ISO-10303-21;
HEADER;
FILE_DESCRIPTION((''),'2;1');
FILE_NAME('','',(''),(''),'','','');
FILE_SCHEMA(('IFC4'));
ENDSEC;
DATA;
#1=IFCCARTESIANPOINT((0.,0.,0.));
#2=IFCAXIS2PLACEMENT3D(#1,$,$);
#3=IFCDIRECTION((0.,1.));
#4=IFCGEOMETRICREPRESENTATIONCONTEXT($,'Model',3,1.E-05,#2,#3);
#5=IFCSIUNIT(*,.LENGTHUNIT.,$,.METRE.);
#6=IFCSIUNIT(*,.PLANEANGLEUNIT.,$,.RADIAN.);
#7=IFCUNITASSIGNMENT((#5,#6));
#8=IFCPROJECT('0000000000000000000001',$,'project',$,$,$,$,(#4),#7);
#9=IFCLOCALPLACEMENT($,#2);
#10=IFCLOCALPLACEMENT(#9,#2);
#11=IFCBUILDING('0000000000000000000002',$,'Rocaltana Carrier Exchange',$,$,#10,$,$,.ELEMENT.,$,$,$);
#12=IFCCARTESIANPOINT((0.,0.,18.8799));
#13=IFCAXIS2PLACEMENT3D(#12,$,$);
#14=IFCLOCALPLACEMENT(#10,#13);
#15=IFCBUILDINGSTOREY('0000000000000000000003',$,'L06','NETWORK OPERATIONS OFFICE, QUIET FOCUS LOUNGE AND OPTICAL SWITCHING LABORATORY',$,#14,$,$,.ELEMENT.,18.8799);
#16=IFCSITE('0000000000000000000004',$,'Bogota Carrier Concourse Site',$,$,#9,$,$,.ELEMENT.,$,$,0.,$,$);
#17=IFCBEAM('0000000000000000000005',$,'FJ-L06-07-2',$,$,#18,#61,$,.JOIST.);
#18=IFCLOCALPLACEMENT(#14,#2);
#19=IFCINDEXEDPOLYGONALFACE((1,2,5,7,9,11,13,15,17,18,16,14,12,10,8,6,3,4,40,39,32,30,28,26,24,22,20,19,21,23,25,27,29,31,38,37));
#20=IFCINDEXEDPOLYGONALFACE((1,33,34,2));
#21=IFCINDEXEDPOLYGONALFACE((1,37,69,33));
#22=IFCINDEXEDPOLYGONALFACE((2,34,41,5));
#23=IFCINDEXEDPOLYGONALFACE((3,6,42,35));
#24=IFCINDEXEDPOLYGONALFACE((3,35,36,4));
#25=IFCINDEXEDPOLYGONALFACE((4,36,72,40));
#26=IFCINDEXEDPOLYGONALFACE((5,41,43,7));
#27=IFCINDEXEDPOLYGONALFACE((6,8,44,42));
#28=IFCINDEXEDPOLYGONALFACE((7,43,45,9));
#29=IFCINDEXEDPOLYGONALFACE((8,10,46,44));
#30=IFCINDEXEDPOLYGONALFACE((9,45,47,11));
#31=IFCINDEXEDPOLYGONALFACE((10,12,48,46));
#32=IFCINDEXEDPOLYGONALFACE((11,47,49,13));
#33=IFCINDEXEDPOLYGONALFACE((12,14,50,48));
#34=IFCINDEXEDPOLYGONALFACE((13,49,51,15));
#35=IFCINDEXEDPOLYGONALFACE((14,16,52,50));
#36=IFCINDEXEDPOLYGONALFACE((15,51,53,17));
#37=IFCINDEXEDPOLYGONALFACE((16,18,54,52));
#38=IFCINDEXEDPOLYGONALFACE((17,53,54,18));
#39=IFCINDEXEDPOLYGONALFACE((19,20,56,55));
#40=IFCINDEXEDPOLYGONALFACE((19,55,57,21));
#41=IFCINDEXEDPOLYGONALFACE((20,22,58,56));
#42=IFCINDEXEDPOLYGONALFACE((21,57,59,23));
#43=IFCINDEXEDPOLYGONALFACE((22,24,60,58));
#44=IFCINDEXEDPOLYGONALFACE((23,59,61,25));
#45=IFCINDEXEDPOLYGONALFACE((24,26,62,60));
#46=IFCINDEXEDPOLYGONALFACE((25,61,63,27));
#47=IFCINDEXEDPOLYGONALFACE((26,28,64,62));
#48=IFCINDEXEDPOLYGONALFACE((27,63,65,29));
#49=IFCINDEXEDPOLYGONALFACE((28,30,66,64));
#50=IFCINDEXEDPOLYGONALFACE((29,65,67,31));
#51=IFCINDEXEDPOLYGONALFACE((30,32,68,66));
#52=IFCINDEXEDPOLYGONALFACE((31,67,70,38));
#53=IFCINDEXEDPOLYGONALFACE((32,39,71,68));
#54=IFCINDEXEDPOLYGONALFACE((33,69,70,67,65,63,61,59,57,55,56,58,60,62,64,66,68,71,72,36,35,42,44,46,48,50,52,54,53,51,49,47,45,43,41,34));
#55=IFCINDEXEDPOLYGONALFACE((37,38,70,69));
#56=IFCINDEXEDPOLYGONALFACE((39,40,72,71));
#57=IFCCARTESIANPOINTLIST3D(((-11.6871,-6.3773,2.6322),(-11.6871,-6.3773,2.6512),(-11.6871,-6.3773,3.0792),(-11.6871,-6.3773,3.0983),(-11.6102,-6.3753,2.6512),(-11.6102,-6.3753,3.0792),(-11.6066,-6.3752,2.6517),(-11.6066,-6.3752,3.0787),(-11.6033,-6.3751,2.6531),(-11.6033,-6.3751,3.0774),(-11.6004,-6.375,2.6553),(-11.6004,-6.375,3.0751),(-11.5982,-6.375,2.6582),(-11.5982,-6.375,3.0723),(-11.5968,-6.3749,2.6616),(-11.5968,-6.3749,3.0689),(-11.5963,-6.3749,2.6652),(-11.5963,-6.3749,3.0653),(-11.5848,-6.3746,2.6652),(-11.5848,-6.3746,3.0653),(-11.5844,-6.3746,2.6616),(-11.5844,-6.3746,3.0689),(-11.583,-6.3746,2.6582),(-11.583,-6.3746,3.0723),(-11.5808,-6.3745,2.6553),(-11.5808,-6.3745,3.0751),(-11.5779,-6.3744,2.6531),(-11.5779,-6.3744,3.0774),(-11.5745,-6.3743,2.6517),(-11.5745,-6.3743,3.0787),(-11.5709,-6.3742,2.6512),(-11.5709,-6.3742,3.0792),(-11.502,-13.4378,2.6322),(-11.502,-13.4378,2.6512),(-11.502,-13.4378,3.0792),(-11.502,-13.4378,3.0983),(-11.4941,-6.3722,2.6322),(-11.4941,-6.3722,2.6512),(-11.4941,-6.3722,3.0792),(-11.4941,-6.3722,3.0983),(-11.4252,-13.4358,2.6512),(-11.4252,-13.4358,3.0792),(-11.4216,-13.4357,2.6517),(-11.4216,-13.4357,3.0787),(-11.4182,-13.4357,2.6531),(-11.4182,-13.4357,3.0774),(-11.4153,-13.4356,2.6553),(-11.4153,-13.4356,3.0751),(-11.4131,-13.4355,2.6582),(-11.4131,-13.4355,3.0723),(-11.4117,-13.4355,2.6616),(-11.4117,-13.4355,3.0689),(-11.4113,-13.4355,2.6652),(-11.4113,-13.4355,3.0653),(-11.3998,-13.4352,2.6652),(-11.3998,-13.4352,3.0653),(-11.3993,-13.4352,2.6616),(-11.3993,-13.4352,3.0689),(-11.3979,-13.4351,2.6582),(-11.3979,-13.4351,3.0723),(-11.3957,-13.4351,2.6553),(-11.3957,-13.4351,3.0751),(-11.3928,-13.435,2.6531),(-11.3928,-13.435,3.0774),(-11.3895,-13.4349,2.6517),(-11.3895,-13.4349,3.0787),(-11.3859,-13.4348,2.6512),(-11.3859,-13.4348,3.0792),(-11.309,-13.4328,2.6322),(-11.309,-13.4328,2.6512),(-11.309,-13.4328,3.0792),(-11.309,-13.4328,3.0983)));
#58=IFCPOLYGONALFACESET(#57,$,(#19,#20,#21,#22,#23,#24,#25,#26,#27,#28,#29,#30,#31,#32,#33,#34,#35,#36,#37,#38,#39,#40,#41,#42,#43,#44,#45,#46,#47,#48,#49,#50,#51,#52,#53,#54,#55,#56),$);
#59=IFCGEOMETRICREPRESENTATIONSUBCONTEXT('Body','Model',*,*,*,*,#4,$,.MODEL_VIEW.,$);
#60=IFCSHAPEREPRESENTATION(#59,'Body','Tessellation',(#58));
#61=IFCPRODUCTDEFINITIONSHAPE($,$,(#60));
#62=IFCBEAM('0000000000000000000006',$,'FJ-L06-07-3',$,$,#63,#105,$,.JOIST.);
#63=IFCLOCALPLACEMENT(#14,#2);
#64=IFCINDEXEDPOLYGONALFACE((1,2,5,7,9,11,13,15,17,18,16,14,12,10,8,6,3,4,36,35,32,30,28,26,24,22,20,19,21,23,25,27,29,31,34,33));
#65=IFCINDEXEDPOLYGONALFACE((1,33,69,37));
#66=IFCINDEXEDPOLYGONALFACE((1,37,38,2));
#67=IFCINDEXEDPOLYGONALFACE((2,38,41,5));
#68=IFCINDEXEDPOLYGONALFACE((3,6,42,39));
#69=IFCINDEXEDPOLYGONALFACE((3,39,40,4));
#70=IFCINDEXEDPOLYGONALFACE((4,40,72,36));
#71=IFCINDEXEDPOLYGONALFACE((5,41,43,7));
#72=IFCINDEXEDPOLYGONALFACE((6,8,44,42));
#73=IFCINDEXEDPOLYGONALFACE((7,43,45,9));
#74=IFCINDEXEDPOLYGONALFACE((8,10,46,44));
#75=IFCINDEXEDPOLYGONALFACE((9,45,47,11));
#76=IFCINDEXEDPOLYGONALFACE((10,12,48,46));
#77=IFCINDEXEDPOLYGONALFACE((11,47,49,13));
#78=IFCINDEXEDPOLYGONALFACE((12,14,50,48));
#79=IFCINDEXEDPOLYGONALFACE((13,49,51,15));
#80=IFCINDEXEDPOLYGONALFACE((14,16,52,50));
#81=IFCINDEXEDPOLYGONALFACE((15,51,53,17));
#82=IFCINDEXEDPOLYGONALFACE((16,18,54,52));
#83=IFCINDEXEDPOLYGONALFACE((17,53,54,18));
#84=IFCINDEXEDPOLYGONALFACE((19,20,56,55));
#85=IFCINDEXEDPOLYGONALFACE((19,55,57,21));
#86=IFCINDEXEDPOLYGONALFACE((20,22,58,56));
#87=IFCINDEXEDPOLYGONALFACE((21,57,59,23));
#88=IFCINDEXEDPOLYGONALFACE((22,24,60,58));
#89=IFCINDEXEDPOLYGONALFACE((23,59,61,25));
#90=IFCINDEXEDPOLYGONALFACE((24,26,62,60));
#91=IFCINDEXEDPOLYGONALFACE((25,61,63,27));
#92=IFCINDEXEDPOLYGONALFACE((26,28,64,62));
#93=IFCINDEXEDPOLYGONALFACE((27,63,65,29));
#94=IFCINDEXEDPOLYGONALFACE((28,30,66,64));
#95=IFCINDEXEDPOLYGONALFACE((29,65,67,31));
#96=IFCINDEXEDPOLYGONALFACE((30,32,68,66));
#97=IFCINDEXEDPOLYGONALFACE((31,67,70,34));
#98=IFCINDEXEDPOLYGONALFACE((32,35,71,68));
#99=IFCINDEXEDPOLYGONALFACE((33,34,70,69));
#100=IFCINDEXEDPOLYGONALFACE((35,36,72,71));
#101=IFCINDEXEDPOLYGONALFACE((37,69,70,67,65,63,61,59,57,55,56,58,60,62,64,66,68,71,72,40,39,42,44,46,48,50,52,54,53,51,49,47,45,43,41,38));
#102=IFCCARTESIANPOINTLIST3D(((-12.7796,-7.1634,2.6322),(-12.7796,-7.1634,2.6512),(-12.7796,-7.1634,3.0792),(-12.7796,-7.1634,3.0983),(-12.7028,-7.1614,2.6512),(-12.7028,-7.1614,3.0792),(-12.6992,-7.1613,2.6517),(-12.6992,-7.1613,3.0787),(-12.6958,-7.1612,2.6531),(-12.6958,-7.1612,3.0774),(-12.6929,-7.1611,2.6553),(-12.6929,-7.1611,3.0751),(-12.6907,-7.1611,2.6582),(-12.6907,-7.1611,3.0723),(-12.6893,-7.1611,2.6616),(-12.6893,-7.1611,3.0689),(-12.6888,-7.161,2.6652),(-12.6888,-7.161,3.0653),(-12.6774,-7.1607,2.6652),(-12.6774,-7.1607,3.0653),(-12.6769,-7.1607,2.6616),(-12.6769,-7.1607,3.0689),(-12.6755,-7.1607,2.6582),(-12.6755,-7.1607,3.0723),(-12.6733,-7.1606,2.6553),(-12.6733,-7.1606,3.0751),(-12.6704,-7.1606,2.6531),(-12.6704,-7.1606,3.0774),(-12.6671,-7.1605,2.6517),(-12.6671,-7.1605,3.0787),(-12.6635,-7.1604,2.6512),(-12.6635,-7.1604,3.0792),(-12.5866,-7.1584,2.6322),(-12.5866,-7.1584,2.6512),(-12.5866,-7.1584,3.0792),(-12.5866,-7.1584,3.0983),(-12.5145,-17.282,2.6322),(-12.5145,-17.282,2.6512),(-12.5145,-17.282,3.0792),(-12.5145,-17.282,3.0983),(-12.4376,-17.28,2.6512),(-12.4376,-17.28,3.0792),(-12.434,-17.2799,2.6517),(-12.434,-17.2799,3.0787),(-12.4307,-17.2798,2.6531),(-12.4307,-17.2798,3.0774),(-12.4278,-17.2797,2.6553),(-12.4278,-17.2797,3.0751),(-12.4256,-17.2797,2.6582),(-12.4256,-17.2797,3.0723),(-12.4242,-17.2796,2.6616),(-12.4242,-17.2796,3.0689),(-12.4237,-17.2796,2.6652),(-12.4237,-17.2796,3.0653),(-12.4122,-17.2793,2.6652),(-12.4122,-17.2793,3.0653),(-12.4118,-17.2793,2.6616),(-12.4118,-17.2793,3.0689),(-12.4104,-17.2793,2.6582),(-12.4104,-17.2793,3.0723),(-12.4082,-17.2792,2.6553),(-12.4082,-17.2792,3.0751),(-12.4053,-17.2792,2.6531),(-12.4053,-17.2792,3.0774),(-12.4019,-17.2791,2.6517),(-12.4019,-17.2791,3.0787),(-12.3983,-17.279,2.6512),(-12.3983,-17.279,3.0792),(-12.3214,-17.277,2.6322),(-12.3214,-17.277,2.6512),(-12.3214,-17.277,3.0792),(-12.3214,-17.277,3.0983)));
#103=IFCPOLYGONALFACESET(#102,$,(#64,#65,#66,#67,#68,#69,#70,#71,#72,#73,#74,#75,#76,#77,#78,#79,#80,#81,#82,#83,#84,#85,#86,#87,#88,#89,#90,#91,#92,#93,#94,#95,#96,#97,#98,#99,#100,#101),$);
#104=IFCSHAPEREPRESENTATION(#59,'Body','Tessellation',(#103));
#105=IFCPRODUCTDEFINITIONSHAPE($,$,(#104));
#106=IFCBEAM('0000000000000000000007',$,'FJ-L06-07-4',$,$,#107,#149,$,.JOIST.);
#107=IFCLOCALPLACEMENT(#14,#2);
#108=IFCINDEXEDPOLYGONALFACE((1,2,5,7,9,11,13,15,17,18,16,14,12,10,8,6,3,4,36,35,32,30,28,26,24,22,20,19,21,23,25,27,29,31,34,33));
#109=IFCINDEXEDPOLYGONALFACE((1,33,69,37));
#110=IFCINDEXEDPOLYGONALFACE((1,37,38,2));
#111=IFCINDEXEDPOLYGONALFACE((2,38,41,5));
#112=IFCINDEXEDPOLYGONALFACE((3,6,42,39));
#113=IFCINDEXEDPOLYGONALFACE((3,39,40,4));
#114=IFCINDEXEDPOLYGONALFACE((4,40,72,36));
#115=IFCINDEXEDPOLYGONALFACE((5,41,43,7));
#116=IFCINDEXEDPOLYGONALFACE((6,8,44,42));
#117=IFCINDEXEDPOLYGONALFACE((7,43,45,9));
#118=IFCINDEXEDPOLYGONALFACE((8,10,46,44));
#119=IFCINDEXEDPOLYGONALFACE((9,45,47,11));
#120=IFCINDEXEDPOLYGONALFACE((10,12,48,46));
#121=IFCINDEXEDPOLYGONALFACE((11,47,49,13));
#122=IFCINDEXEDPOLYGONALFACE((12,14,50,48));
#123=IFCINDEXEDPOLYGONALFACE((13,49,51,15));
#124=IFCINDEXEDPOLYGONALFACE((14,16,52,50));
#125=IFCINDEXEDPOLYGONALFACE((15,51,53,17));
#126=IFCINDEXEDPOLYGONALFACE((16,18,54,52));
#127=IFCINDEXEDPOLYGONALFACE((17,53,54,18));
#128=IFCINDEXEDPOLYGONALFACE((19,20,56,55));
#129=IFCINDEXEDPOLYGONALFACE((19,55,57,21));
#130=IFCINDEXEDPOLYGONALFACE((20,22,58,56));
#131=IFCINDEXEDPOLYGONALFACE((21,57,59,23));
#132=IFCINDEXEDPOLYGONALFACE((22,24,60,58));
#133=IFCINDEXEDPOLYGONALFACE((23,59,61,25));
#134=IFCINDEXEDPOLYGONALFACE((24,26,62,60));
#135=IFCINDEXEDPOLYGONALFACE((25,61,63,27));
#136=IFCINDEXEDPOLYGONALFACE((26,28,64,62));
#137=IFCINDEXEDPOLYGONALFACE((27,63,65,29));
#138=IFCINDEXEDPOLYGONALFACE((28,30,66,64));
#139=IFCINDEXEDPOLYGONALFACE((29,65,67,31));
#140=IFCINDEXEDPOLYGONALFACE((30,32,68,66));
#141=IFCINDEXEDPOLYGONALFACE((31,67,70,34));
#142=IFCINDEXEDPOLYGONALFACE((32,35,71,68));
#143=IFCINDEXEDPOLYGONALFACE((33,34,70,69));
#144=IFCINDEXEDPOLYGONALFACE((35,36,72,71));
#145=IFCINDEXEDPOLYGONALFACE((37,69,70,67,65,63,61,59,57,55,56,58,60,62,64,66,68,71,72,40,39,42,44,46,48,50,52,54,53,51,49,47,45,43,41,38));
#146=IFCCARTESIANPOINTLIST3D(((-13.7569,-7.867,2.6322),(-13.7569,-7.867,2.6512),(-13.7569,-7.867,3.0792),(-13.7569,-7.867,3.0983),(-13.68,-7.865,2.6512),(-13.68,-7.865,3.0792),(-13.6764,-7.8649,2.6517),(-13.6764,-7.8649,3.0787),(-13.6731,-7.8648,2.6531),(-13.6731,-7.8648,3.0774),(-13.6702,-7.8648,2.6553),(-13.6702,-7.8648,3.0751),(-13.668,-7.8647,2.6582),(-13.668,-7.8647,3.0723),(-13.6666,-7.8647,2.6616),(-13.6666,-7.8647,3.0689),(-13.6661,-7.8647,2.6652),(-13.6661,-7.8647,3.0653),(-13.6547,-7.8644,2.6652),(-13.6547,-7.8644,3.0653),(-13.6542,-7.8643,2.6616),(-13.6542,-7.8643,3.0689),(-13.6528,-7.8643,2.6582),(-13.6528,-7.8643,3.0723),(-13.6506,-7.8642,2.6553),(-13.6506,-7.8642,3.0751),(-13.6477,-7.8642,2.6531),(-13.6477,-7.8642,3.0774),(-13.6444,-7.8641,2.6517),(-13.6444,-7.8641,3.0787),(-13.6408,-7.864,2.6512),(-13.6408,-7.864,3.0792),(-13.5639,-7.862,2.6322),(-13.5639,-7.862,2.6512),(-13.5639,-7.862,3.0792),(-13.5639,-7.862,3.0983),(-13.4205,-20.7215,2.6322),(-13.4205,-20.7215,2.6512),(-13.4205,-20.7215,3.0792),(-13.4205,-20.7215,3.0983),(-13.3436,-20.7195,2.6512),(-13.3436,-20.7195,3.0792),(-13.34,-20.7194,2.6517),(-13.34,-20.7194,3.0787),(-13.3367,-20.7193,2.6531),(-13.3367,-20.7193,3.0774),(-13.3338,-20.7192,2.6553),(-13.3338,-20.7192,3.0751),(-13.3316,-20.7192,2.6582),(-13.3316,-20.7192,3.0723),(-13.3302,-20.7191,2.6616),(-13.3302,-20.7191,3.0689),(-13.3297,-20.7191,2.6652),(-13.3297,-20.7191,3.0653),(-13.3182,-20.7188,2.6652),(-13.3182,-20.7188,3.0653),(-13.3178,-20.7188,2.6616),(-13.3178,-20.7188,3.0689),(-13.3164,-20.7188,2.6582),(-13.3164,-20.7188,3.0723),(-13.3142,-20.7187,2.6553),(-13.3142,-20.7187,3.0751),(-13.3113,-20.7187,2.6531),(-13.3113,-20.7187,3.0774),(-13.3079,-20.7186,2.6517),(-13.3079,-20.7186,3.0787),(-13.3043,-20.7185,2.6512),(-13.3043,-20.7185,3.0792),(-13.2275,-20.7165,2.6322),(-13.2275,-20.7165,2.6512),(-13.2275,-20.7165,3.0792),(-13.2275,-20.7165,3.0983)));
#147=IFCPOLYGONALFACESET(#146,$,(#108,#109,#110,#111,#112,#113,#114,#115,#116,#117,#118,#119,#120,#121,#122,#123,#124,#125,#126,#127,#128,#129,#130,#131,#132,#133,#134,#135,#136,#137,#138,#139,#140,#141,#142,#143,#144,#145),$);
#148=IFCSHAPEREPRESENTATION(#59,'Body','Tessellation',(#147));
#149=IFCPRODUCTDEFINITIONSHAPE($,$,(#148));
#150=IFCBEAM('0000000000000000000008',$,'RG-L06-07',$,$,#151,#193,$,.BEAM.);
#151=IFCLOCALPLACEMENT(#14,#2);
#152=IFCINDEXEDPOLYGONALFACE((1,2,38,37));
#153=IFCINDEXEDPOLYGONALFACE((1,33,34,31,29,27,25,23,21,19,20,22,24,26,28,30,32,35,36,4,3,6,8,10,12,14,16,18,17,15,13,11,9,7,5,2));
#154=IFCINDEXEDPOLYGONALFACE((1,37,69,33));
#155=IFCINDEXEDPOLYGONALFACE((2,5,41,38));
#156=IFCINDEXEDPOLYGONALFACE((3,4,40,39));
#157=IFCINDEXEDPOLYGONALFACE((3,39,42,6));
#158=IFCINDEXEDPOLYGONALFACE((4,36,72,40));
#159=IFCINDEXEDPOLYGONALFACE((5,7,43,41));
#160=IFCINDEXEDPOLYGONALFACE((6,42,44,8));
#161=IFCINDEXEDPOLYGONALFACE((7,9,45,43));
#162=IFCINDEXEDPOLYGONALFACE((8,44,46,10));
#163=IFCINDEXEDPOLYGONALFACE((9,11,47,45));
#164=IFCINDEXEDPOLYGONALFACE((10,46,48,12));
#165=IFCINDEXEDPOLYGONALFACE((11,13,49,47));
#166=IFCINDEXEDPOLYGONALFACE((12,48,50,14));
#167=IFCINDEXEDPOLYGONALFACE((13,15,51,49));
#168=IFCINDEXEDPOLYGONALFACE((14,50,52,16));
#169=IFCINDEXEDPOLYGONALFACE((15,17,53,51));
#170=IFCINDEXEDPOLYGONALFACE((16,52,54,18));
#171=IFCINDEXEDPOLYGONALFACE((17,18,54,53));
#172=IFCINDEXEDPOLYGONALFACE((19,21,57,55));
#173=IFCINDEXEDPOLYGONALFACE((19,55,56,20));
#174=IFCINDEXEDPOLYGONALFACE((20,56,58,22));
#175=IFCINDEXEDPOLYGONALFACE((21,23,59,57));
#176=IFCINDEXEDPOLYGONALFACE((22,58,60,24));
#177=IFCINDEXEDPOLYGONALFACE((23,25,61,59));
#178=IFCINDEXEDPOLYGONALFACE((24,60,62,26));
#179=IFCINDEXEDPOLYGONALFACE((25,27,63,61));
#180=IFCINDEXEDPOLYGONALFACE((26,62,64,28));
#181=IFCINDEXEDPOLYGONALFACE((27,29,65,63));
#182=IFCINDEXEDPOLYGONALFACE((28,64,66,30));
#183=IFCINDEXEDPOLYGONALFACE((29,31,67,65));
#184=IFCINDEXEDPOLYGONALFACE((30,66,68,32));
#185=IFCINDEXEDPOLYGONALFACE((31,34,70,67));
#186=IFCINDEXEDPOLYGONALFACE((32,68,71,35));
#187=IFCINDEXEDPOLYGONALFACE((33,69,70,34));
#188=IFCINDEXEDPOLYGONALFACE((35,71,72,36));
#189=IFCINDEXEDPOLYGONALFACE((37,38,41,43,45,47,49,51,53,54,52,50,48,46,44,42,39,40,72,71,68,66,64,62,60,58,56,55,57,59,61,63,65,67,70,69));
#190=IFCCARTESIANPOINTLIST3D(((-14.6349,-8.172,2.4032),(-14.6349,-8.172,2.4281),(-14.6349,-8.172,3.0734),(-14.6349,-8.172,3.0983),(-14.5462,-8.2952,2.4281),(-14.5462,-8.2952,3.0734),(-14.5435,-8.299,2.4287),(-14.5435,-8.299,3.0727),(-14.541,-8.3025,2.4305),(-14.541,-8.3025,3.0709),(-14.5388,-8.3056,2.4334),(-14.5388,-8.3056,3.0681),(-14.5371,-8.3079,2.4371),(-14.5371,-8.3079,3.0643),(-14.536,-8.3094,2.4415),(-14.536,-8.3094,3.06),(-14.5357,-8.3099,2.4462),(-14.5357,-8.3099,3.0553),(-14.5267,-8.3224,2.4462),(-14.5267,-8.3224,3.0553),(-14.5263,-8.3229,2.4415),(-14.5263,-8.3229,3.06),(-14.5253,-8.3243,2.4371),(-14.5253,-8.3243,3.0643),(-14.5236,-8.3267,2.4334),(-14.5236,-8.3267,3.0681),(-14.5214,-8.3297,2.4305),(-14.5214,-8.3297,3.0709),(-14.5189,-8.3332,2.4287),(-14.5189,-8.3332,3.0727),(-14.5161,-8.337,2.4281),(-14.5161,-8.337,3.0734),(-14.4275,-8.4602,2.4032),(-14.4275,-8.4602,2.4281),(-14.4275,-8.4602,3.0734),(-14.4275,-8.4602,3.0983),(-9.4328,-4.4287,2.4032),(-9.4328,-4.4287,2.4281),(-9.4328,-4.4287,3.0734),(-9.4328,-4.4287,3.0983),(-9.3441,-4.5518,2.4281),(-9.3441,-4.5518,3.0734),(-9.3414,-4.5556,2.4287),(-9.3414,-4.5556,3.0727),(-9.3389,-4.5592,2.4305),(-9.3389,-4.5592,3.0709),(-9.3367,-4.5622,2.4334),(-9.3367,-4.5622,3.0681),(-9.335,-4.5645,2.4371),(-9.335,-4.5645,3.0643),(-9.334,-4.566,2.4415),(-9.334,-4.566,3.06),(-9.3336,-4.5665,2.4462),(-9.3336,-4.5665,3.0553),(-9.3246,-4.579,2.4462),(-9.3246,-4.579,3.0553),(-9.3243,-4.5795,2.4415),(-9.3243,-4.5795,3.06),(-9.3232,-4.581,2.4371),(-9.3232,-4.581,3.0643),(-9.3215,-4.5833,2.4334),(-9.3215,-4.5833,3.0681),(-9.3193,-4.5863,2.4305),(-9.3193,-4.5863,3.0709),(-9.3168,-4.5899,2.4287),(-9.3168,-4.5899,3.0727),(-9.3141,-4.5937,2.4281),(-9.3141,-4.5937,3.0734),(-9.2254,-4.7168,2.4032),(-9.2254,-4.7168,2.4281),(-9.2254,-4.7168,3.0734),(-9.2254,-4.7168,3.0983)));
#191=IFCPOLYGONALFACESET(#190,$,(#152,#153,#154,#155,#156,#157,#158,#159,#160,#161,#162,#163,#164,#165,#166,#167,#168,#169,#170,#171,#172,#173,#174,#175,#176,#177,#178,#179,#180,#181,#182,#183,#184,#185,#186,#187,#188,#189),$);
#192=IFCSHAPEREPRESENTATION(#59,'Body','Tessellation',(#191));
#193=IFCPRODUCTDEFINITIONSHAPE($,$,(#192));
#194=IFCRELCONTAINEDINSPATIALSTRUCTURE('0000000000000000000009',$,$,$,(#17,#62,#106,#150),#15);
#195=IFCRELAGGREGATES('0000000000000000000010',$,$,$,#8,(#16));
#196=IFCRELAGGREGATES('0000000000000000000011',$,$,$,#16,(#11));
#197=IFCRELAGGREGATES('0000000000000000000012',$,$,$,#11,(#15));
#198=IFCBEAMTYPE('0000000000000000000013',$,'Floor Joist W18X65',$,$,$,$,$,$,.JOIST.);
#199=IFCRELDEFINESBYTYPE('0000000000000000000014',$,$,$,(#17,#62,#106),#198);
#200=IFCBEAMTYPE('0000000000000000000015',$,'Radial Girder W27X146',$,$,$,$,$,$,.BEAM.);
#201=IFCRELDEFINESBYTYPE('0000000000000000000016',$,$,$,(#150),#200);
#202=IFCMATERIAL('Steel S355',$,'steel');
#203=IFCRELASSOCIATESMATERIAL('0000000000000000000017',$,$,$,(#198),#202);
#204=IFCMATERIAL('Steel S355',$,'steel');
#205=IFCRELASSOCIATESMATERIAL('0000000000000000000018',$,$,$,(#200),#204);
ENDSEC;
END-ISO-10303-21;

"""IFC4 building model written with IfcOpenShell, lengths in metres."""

from ifc_helpers import new_model, si_unit, direction, frame, origin, origin_2d, place, context, subcontext, project, spatial, i_section, extrude, material, material_profile, profile_set, type_object, element, save


model = new_model("IFC4")

# Units and contexts
model_context = context("Model", 3, precision=1e-05, world=origin(), true_north=direction((0.0, 1.0)))
body_context = subcontext(model_context, "Body", "Model", "MODEL_VIEW")
ifc_project = project(units=[si_unit("LENGTHUNIT", "METRE"), si_unit("PLANEANGLEUNIT", "RADIAN")], contexts=[model_context])

# Site, building, storey
site_placement = place(None, origin())
site = spatial("IfcSite", under=ifc_project, at=site_placement, Name="Bogota Carrier Concourse Site", CompositionType="ELEMENT", RefElevation=0.0)
building_placement = place(site_placement, origin())
building = spatial("IfcBuilding", under=site, at=building_placement, Name="Rocaltana Carrier Exchange", CompositionType="ELEMENT")
storey_placement = place(building_placement, frame((0.0, 0.0, 18.8799)))
storey = spatial("IfcBuildingStorey", under=building, at=storey_placement, Name="L06", Description="NETWORK OPERATIONS OFFICE, QUIET FOCUS LOUNGE AND OPTICAL SWITCHING LABORATORY", CompositionType="ELEMENT", Elevation=18.8799)

# Beams
ifc_material_1 = material(Name="Steel S355", Category="steel")
ifc_material_profile_1 = material_profile(ifc_material_1, i_section(OverallWidth=0.1931, OverallDepth=0.4661, WebThickness=0.0115, FlangeThickness=0.019, FilletRadius=0.0139, at=origin_2d()), Name="W18X65")
ifc_profile_set_1 = profile_set([ifc_material_profile_1], Name="Steel S355")
beam_type_1 = type_object("IfcBeamType", Name="Floor Joist W18X65", PredefinedType="JOIST", material=ifc_profile_set_1)
beam_1_placement = place(storey_placement, frame((-11.5906, -6.3748, 2.8652), z_axis=(0.026201, -0.999657, 0.0), x_axis=(0.999657, 0.026201, 0.0)))
element("IfcBeam", 1, at=beam_1_placement, inside=storey, type_object=beam_type_1, Name="FJ-L06-07-2", PredefinedType="JOIST", context=body_context, shape_type="SweptSolid", body=[
    extrude(i_section(OverallWidth=0.1931, OverallDepth=0.4661, WebThickness=0.0115, FlangeThickness=0.019, FilletRadius=0.0139, at=origin_2d()), origin(), (0.0, 0.0, 1.0), 7.063),
])
beam_2_placement = place(storey_placement, frame((-12.6831, -7.1609, 2.8652), z_axis=(0.026194, -0.999657, 0.0), x_axis=(0.999657, 0.026194, 0.0)))
element("IfcBeam", 2, at=beam_2_placement, inside=storey, type_object=beam_type_1, Name="FJ-L06-07-3", PredefinedType="JOIST", context=body_context, shape_type="SweptSolid", body=[
    extrude(i_section(OverallWidth=0.1931, OverallDepth=0.4661, WebThickness=0.0115, FlangeThickness=0.019, FilletRadius=0.0139, at=origin_2d()), origin(), (0.0, 0.0, 1.0), 10.1221),
])
beam_3_placement = place(storey_placement, frame((-13.6604, -7.8645, 2.8652), z_axis=(0.026163, -0.999658, 0.0), x_axis=(0.999658, 0.026163, 0.0)))
element("IfcBeam", 3, at=beam_3_placement, inside=storey, type_object=beam_type_1, Name="FJ-L06-07-4", PredefinedType="JOIST", context=body_context, shape_type="SweptSolid", body=[
    extrude(i_section(OverallWidth=0.1931, OverallDepth=0.4661, WebThickness=0.0115, FlangeThickness=0.019, FilletRadius=0.0139, at=origin_2d()), origin(), (0.0, 0.0, 1.0), 12.8589),
])
ifc_material_2 = material(Name="Steel S355", Category="steel")
ifc_material_profile_2 = material_profile(ifc_material_2, i_section(OverallWidth=0.355, OverallDepth=0.6951, WebThickness=0.0154, FlangeThickness=0.0249, FilletRadius=0.0181, at=origin_2d()), Name="W27X146")
ifc_profile_set_2 = profile_set([ifc_material_profile_2], Name="Steel S355")
beam_type_2 = type_object("IfcBeamType", Name="Radial Girder W27X146", PredefinedType="BEAM", material=ifc_profile_set_2)
beam_4_placement = place(storey_placement, frame((-9.3291, -4.5728, 2.7507), z_axis=(-0.811693, -0.584085, 0.0), x_axis=(0.584085, -0.811693, 0.0)))
element("IfcBeam", 4, at=beam_4_placement, inside=storey, type_object=beam_type_2, Name="RG-L06-07", PredefinedType="BEAM", context=body_context, shape_type="SweptSolid", body=[
    extrude(i_section(OverallWidth=0.355, OverallDepth=0.6951, WebThickness=0.0154, FlangeThickness=0.0249, FilletRadius=0.0181, at=origin_2d()), origin(), (0.0, 0.0, 1.0), 6.4089),
])

save(model, "model.ifc")
